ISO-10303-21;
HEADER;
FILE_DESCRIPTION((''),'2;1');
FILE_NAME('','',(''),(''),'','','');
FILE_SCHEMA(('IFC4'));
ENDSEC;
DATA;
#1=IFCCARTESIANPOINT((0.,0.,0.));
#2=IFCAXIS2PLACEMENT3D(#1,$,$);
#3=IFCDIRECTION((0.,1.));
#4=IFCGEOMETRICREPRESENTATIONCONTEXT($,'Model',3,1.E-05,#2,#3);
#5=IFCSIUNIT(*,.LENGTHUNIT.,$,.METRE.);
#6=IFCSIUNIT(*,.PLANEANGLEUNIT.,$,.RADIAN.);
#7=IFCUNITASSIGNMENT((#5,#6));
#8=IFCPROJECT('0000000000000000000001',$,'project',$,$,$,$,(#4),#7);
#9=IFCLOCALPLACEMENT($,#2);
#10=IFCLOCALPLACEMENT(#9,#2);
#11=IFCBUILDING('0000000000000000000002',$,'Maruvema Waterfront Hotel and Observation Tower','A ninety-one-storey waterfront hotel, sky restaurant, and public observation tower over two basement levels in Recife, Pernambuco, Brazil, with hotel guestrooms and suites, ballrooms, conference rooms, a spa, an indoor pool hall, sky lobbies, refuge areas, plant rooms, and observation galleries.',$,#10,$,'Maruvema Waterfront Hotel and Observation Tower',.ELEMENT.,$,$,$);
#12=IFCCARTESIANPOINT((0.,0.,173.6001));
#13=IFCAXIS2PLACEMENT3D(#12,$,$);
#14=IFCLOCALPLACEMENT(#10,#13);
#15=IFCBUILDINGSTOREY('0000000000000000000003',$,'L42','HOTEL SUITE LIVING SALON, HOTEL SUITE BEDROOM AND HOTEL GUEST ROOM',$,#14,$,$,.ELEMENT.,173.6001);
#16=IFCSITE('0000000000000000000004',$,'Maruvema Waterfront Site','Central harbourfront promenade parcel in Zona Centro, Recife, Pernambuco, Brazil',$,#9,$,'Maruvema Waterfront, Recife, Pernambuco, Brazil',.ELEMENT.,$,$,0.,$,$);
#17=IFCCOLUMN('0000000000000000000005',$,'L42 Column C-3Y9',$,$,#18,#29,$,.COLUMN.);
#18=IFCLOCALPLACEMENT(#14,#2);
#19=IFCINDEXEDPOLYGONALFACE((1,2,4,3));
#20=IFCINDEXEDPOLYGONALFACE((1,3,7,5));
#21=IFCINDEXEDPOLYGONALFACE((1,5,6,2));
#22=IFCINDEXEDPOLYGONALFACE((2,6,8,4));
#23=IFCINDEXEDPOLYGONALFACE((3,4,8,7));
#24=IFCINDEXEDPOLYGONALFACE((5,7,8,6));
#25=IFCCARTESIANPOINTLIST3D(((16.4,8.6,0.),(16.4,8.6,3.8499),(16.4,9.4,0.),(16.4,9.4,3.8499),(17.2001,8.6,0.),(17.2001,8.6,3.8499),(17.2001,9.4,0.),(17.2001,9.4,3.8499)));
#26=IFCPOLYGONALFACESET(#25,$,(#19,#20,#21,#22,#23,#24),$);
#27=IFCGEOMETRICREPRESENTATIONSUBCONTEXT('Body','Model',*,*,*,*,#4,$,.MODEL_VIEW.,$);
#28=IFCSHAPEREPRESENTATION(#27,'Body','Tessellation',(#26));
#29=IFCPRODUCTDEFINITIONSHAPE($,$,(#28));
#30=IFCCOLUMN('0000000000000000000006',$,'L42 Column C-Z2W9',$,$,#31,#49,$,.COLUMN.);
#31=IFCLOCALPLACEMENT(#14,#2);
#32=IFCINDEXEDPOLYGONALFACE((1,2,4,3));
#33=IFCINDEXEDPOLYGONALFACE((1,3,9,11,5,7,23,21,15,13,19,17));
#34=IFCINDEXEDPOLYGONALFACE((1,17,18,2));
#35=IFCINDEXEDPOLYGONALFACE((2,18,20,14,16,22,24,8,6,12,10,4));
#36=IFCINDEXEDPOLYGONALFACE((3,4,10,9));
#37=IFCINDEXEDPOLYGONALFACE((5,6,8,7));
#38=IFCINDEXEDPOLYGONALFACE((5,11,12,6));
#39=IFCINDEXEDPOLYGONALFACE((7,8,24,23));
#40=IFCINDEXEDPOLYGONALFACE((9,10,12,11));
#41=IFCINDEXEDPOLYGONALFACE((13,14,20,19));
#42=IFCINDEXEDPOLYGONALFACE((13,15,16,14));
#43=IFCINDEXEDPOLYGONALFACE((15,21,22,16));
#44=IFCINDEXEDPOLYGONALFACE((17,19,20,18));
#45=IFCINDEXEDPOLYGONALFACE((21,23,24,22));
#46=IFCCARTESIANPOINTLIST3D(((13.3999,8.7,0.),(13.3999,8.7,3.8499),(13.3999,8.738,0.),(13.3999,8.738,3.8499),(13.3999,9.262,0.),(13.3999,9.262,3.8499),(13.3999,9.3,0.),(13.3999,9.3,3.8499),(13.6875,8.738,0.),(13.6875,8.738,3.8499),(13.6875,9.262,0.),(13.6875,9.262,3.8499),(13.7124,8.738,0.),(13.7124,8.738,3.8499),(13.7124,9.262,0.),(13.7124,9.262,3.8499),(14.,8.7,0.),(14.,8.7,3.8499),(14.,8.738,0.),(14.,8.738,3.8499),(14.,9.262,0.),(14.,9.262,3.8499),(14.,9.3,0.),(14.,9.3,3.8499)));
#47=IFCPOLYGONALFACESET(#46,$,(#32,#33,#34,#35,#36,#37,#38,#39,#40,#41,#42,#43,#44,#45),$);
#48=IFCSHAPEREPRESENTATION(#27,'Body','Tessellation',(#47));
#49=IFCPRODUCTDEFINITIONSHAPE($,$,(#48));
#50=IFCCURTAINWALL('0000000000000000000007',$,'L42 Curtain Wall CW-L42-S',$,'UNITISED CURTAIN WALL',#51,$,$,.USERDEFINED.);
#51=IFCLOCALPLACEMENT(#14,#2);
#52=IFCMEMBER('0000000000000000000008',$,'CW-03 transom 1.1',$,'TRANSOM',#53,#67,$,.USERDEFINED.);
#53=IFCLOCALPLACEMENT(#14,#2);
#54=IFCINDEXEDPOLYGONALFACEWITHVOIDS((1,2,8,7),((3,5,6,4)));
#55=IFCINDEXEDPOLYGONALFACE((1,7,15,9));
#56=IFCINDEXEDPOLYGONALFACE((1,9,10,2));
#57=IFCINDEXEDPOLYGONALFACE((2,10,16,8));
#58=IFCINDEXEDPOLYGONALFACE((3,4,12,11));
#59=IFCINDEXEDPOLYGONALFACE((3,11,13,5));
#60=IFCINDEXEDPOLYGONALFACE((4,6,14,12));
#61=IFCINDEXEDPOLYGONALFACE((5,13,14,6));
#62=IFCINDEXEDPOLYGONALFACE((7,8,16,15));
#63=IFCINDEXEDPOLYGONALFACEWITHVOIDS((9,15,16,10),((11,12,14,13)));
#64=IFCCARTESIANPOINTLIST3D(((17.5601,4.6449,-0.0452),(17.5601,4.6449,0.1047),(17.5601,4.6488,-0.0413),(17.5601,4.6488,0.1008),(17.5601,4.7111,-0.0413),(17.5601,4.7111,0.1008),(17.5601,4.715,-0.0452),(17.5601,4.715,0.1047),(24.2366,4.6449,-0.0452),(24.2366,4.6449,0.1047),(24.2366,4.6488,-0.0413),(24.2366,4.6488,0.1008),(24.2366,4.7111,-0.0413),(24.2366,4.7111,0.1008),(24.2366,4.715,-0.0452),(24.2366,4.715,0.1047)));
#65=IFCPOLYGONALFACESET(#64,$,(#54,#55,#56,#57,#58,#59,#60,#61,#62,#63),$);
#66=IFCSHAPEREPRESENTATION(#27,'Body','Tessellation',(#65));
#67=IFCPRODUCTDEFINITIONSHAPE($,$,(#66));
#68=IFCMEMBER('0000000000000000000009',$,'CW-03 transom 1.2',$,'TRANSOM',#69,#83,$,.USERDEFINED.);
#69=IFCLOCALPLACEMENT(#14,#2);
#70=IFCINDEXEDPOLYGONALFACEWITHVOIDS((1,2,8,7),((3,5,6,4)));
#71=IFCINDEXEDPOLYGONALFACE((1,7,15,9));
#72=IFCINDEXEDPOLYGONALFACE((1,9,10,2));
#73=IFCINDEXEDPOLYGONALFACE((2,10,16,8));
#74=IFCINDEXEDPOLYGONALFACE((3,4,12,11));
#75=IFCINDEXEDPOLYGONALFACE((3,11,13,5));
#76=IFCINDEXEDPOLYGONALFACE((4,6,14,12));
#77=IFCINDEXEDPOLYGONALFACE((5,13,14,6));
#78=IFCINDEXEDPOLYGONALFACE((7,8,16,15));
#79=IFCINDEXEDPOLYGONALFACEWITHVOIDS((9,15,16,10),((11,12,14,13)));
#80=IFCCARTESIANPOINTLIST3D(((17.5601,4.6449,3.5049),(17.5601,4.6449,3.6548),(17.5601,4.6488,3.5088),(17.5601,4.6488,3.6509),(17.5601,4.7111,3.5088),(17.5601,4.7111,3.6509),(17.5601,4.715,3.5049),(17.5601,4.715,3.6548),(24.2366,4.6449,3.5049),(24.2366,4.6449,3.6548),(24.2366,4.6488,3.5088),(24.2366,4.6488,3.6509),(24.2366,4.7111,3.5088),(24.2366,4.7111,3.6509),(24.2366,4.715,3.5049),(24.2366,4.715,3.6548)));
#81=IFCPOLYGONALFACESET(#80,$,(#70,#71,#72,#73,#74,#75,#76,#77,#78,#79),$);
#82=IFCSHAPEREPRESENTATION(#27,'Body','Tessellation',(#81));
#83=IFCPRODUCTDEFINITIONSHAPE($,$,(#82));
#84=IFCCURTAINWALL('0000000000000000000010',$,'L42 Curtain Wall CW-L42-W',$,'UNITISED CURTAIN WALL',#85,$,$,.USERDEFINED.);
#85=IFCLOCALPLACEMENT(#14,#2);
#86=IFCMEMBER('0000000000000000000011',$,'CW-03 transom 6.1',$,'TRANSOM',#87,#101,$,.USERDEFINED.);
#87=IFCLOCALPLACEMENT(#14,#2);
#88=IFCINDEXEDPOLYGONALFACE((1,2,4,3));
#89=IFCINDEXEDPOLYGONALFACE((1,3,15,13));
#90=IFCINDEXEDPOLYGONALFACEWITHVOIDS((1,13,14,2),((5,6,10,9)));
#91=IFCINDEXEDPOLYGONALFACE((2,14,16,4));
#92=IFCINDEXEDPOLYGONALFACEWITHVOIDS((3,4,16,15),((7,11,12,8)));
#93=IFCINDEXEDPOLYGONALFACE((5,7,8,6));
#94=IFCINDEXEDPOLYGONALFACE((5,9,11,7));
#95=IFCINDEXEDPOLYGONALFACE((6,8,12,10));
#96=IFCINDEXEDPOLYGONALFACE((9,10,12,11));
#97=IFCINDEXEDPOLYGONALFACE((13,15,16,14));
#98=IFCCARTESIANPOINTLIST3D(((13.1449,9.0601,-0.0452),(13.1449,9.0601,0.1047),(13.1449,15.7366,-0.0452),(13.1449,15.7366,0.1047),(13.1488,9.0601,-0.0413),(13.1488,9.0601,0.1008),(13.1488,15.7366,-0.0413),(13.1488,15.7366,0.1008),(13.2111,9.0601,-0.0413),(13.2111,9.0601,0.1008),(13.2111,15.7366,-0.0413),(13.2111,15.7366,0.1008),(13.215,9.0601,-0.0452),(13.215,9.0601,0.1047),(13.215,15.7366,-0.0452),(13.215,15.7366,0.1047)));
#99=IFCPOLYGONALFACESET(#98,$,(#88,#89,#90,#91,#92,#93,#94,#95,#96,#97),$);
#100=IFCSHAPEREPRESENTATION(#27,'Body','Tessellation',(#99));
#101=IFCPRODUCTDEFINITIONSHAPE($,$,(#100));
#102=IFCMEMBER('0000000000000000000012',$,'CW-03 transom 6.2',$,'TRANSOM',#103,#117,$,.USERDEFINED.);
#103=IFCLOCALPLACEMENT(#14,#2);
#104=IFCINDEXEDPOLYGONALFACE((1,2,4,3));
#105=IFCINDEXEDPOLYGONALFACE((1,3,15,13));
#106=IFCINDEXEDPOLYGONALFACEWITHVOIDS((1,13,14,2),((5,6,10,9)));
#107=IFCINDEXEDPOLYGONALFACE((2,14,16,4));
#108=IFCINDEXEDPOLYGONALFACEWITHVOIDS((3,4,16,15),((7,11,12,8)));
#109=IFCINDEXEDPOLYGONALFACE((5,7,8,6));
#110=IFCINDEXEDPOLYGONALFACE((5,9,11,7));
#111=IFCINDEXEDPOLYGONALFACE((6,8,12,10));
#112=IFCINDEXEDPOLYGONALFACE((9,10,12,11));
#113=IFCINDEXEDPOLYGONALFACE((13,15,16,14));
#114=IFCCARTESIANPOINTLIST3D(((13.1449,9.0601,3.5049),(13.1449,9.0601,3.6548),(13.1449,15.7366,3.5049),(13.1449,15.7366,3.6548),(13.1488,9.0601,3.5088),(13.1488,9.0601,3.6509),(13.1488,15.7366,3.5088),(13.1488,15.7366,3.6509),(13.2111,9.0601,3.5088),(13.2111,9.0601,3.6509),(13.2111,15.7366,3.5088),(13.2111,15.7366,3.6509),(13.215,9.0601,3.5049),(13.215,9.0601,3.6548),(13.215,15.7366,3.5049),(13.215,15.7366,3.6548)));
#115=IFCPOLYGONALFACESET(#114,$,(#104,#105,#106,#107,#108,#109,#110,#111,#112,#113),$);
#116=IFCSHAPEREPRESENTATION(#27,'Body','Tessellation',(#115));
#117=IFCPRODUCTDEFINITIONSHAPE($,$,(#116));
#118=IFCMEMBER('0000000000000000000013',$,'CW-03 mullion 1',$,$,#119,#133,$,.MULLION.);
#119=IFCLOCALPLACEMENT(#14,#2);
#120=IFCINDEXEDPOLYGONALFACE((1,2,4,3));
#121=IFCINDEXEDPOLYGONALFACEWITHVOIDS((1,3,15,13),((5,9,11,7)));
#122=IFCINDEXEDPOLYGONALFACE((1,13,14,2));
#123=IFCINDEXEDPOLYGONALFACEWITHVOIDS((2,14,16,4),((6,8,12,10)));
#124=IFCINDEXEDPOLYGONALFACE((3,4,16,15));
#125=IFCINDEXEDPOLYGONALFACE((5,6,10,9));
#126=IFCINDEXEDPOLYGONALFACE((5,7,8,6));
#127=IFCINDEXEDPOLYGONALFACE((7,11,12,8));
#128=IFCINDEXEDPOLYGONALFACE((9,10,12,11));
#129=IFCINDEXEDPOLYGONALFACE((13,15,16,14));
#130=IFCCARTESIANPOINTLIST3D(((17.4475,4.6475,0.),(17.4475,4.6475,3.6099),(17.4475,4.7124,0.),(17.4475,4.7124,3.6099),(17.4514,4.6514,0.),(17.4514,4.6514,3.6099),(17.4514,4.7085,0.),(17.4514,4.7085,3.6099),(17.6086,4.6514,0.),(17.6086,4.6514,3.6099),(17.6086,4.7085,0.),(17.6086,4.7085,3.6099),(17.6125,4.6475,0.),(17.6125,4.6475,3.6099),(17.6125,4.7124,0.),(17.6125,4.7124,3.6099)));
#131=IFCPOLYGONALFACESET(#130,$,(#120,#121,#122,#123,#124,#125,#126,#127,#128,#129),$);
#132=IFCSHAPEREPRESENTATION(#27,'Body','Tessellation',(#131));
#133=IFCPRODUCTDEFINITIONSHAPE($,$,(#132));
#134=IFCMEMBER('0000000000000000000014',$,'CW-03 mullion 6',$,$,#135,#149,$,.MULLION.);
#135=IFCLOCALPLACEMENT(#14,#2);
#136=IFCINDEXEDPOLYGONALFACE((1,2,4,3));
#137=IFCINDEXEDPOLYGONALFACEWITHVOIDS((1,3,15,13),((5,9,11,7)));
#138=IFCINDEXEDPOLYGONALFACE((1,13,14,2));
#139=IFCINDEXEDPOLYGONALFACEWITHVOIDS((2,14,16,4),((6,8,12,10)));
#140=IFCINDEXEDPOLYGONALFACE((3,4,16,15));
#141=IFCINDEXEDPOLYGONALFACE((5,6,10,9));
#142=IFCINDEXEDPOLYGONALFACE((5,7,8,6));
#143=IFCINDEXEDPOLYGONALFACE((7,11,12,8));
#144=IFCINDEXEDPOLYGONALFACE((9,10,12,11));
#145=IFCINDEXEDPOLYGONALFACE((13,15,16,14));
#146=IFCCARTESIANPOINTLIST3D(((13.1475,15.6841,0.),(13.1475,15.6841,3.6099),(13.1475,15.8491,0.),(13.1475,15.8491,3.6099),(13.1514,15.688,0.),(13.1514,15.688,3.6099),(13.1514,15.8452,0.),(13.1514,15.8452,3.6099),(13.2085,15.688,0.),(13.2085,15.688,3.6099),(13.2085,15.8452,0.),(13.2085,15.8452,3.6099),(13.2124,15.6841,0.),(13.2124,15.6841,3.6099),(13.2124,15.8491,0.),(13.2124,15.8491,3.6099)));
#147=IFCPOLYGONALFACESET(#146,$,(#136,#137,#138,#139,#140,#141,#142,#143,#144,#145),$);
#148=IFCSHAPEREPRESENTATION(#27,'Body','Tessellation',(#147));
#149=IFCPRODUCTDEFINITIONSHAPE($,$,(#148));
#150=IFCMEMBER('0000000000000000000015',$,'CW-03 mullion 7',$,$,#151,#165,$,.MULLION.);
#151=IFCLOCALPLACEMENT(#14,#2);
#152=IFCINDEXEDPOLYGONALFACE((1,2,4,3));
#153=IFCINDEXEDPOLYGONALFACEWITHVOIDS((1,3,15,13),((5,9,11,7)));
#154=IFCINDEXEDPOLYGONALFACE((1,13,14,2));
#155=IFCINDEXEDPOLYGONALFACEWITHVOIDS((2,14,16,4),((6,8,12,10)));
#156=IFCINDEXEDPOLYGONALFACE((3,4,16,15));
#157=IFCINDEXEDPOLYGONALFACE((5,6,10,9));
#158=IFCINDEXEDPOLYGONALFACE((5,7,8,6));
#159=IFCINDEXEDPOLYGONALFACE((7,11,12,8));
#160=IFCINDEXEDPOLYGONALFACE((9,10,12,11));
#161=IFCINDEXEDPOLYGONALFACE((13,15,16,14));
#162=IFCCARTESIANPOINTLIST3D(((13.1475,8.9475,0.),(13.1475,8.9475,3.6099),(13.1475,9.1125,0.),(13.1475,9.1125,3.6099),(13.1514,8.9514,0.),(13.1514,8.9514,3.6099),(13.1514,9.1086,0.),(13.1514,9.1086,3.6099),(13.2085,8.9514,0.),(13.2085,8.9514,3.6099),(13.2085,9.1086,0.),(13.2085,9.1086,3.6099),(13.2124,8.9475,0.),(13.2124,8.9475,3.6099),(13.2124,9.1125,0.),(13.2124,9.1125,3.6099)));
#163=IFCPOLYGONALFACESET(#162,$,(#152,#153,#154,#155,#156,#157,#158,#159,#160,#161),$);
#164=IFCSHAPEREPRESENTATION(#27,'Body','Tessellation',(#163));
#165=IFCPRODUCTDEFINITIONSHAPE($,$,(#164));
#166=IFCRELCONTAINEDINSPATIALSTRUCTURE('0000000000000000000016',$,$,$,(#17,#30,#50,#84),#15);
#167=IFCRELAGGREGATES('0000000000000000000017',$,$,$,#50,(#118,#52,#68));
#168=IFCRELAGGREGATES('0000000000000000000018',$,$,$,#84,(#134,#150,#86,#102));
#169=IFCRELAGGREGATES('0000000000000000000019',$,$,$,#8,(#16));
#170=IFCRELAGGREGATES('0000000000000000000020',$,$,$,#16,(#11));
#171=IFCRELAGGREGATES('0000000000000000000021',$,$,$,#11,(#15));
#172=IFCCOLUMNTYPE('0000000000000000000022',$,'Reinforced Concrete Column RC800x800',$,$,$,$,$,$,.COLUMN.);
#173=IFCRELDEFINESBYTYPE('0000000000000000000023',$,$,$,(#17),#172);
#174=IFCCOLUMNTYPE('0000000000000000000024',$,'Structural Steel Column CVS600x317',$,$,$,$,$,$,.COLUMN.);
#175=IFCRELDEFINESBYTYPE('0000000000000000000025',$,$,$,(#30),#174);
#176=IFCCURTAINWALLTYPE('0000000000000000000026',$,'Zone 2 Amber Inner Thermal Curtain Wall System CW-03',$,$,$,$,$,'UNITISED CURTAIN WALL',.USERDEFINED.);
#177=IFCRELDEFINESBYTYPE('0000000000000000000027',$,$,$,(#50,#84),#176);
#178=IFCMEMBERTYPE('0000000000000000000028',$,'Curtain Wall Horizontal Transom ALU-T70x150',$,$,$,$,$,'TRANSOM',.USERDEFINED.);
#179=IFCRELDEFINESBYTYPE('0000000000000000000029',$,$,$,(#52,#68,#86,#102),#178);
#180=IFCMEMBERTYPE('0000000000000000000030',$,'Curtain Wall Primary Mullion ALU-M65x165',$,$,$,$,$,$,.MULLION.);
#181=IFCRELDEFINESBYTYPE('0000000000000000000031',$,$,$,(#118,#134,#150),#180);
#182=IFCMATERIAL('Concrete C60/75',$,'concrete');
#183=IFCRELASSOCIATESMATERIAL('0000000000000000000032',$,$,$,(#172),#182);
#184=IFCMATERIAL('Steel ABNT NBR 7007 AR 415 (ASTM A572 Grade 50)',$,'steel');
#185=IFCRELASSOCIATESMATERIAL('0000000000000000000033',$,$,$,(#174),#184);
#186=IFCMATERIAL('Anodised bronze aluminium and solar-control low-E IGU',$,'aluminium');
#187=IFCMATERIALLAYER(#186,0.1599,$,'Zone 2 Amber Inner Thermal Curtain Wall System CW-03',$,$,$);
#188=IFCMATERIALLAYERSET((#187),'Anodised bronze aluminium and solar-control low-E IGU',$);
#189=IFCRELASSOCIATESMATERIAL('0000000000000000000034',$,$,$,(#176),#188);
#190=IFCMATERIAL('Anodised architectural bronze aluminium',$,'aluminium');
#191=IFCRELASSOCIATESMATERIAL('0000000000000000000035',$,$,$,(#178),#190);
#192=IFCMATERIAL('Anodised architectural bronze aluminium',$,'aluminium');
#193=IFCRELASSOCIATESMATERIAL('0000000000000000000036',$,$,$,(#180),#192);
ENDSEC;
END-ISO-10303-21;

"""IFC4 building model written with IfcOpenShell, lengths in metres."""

from ifc_helpers import new_model, si_unit, direction, frame, origin, origin_2d, place, context, subcontext, project, spatial, rectangle, hollow_rectangle, i_section, extrude, material, layer, layer_set, material_profile, profile_set, type_object, element, aggregate, save


model = new_model("IFC4")

# Units and contexts
model_context = context("Model", 3, precision=1e-05, world=origin(), true_north=direction((0.0, 1.0)))
body_context = subcontext(model_context, "Body", "Model", "MODEL_VIEW")
ifc_project = project(units=[si_unit("LENGTHUNIT", "METRE"), si_unit("PLANEANGLEUNIT", "RADIAN")], contexts=[model_context])

# Site, building, storey
site_placement = place(None, origin())
site = spatial("IfcSite", under=ifc_project, at=site_placement, Name="Maruvema Waterfront Site", Description="Central harbourfront promenade parcel in Zona Centro, Recife, Pernambuco, Brazil", LongName="Maruvema Waterfront, Recife, Pernambuco, Brazil", CompositionType="ELEMENT", RefElevation=0.0)
building_placement = place(site_placement, origin())
building = spatial("IfcBuilding", under=site, at=building_placement, Name="Maruvema Waterfront Hotel and Observation Tower", Description="A ninety-one-storey waterfront hotel, sky restaurant, and public observation tower over two basement levels in Recife, Pernambuco, Brazil, with hotel guestrooms and suites, ballrooms, conference rooms, a spa, an indoor pool hall, sky lobbies, refuge areas, plant rooms, and observation galleries.", LongName="Maruvema Waterfront Hotel and Observation Tower", CompositionType="ELEMENT")
storey_placement = place(building_placement, frame((0.0, 0.0, 173.6001)))
storey = spatial("IfcBuildingStorey", under=building, at=storey_placement, Name="L42", Description="HOTEL SUITE LIVING SALON, HOTEL SUITE BEDROOM AND HOTEL GUEST ROOM", CompositionType="ELEMENT", Elevation=173.6001)

# Columns
ifc_material_1 = material(Name="Concrete C60/75", Category="concrete")
ifc_material_profile_1 = material_profile(ifc_material_1, rectangle(XDim=0.8, YDim=0.8, at=origin_2d()), Name="RC800x800")
ifc_profile_set_1 = profile_set([ifc_material_profile_1], Name="Concrete C60/75")
column_type_1 = type_object("IfcColumnType", Name="Reinforced Concrete Column RC800x800", PredefinedType="COLUMN", material=ifc_profile_set_1)
column_1_placement = place(storey_placement, frame((16.8, 9.0, 0.0), z_axis=(0.0, 0.0, 1.0), x_axis=(1.0, 0.0, 0.0)))
element("IfcColumn", 1, at=column_1_placement, inside=storey, type_object=column_type_1, Name="L42 Column C-3Y9", PredefinedType="COLUMN", context=body_context, shape_type="SweptSolid", body=[
    extrude(rectangle(XDim=0.8, YDim=0.8, at=origin_2d()), origin(), (0.0, 0.0, 1.0), 3.8499),
])
ifc_material_2 = material(Name="Steel ABNT NBR 7007 AR 415 (ASTM A572 Grade 50)", Category="steel")
ifc_material_profile_2 = material_profile(ifc_material_2, i_section(OverallWidth=0.6001, OverallDepth=0.6001, WebThickness=0.0249, FlangeThickness=0.0381, at=origin_2d()), Name="CVS600x317")
ifc_profile_set_2 = profile_set([ifc_material_profile_2], Name="Steel ABNT NBR 7007 AR 415 (ASTM A572 Grade 50)")
column_type_2 = type_object("IfcColumnType", Name="Structural Steel Column CVS600x317", PredefinedType="COLUMN", material=ifc_profile_set_2)
column_2_placement = place(storey_placement, frame((13.7, 9.0, 0.0), z_axis=(0.0, 0.0, 1.0), x_axis=(1.0, 0.0, 0.0)))
element("IfcColumn", 2, at=column_2_placement, inside=storey, type_object=column_type_2, Name="L42 Column C-Z2W9", PredefinedType="COLUMN", context=body_context, shape_type="SweptSolid", body=[
    extrude(i_section(OverallWidth=0.6001, OverallDepth=0.6001, WebThickness=0.0249, FlangeThickness=0.0381, at=origin_2d()), origin(), (0.0, 0.0, 1.0), 3.8499),
])

# Curtain walls, members
ifc_material_3 = material(Name="Anodised bronze aluminium and solar-control low-E IGU", Category="aluminium")
ifc_layer_1 = layer(ifc_material_3, 0.1599, Name="Zone 2 Amber Inner Thermal Curtain Wall System CW-03")
ifc_layer_set_1 = layer_set([ifc_layer_1], Name="Anodised bronze aluminium and solar-control low-E IGU")
curtain_wall_type = type_object("IfcCurtainWallType", Name="Zone 2 Amber Inner Thermal Curtain Wall System CW-03", ElementType="UNITISED CURTAIN WALL", PredefinedType="USERDEFINED", material=ifc_layer_set_1)
curtain_wall_1_placement = place(storey_placement, origin())
curtain_wall_1 = element("IfcCurtainWall", 3, at=curtain_wall_1_placement, inside=storey, type_object=curtain_wall_type, Name="L42 Curtain Wall CW-L42-S", ObjectType="UNITISED CURTAIN WALL", PredefinedType="USERDEFINED")
ifc_material_4 = material(Name="Anodised architectural bronze aluminium", Category="aluminium")
ifc_material_profile_3 = material_profile(ifc_material_4, hollow_rectangle(XDim=0.0701, YDim=0.1499, WallThickness=0.0039, at=origin_2d()), Name="ALU-T70x150")
ifc_profile_set_3 = profile_set([ifc_material_profile_3], Name="Anodised architectural bronze aluminium")
member_type_1 = type_object("IfcMemberType", Name="Curtain Wall Horizontal Transom ALU-T70x150", ElementType="TRANSOM", PredefinedType="USERDEFINED", material=ifc_profile_set_3)
member_1_placement = place(storey_placement, frame((17.5601, 4.6799, 0.0298), z_axis=(1.0, 0.0, 0.0), x_axis=(0.0, 1.0, 0.0)))
member_1 = element("IfcMember", 4, at=member_1_placement, type_object=member_type_1, Name="CW-03 transom 1.1", ObjectType="TRANSOM", PredefinedType="USERDEFINED", context=body_context, shape_type="SweptSolid", body=[
    extrude(hollow_rectangle(XDim=0.0701, YDim=0.1499, WallThickness=0.0039, at=origin_2d()), origin(), (0.0, 0.0, 1.0), 6.6765),
])
member_2_placement = place(storey_placement, frame((17.5601, 4.6799, 3.5798), z_axis=(1.0, 0.0, 0.0), x_axis=(0.0, 1.0, 0.0)))
member_2 = element("IfcMember", 5, at=member_2_placement, type_object=member_type_1, Name="CW-03 transom 1.2", ObjectType="TRANSOM", PredefinedType="USERDEFINED", context=body_context, shape_type="SweptSolid", body=[
    extrude(hollow_rectangle(XDim=0.0701, YDim=0.1499, WallThickness=0.0039, at=origin_2d()), origin(), (0.0, 0.0, 1.0), 6.6765),
])
curtain_wall_2_placement = place(storey_placement, origin())
curtain_wall_2 = element("IfcCurtainWall", 6, at=curtain_wall_2_placement, inside=storey, type_object=curtain_wall_type, Name="L42 Curtain Wall CW-L42-W", ObjectType="UNITISED CURTAIN WALL", PredefinedType="USERDEFINED")
member_3_placement = place(storey_placement, frame((13.1799, 15.7366, 0.0298), z_axis=(0.0, -1.0, 0.0), x_axis=(1.0, 0.0, 0.0)))
member_3 = element("IfcMember", 7, at=member_3_placement, type_object=member_type_1, Name="CW-03 transom 6.1", ObjectType="TRANSOM", PredefinedType="USERDEFINED", context=body_context, shape_type="SweptSolid", body=[
    extrude(hollow_rectangle(XDim=0.0701, YDim=0.1499, WallThickness=0.0039, at=origin_2d()), origin(), (0.0, 0.0, 1.0), 6.6765),
])
member_4_placement = place(storey_placement, frame((13.1799, 15.7366, 3.5798), z_axis=(0.0, -1.0, 0.0), x_axis=(1.0, 0.0, 0.0)))
member_4 = element("IfcMember", 8, at=member_4_placement, type_object=member_type_1, Name="CW-03 transom 6.2", ObjectType="TRANSOM", PredefinedType="USERDEFINED", context=body_context, shape_type="SweptSolid", body=[
    extrude(hollow_rectangle(XDim=0.0701, YDim=0.1499, WallThickness=0.0039, at=origin_2d()), origin(), (0.0, 0.0, 1.0), 6.6765),
])

# Members
ifc_material_5 = material(Name="Anodised architectural bronze aluminium", Category="aluminium")
ifc_material_profile_4 = material_profile(ifc_material_5, hollow_rectangle(XDim=0.0649, YDim=0.165, WallThickness=0.0039, at=origin_2d()), Name="ALU-M65x165")
ifc_profile_set_4 = profile_set([ifc_material_profile_4], Name="Anodised architectural bronze aluminium")
member_type_2 = type_object("IfcMemberType", Name="Curtain Wall Primary Mullion ALU-M65x165", PredefinedType="MULLION", material=ifc_profile_set_4)
member_5_placement = place(storey_placement, frame((17.53, 4.6799, 0.0), z_axis=(0.0, 0.0, 1.0), x_axis=(0.0, 1.0, 0.0)))
member_5 = element("IfcMember", 9, at=member_5_placement, type_object=member_type_2, Name="CW-03 mullion 1", PredefinedType="MULLION", context=body_context, shape_type="SweptSolid", body=[
    extrude(hollow_rectangle(XDim=0.0649, YDim=0.165, WallThickness=0.0039, at=origin_2d()), origin(), (0.0, 0.0, 1.0), 3.6099),
])
member_6_placement = place(storey_placement, frame((13.1799, 15.7666, 0.0), z_axis=(0.0, 0.0, 1.0), x_axis=(1.0, 0.0, 0.0)))
member_6 = element("IfcMember", 10, at=member_6_placement, type_object=member_type_2, Name="CW-03 mullion 6", PredefinedType="MULLION", context=body_context, shape_type="SweptSolid", body=[
    extrude(hollow_rectangle(XDim=0.0649, YDim=0.165, WallThickness=0.0039, at=origin_2d()), origin(), (0.0, 0.0, 1.0), 3.6099),
])
member_7_placement = place(storey_placement, frame((13.1799, 9.03, 0.0), z_axis=(0.0, 0.0, 1.0), x_axis=(1.0, 0.0, 0.0)))
member_7 = element("IfcMember", 11, at=member_7_placement, type_object=member_type_2, Name="CW-03 mullion 7", PredefinedType="MULLION", context=body_context, shape_type="SweptSolid", body=[
    extrude(hollow_rectangle(XDim=0.0649, YDim=0.165, WallThickness=0.0039, at=origin_2d()), origin(), (0.0, 0.0, 1.0), 3.6099),
])

aggregate(curtain_wall_1, [member_5, member_1, member_2])
aggregate(curtain_wall_2, [member_6, member_7, member_3, member_4])

save(model, "model.ifc")
